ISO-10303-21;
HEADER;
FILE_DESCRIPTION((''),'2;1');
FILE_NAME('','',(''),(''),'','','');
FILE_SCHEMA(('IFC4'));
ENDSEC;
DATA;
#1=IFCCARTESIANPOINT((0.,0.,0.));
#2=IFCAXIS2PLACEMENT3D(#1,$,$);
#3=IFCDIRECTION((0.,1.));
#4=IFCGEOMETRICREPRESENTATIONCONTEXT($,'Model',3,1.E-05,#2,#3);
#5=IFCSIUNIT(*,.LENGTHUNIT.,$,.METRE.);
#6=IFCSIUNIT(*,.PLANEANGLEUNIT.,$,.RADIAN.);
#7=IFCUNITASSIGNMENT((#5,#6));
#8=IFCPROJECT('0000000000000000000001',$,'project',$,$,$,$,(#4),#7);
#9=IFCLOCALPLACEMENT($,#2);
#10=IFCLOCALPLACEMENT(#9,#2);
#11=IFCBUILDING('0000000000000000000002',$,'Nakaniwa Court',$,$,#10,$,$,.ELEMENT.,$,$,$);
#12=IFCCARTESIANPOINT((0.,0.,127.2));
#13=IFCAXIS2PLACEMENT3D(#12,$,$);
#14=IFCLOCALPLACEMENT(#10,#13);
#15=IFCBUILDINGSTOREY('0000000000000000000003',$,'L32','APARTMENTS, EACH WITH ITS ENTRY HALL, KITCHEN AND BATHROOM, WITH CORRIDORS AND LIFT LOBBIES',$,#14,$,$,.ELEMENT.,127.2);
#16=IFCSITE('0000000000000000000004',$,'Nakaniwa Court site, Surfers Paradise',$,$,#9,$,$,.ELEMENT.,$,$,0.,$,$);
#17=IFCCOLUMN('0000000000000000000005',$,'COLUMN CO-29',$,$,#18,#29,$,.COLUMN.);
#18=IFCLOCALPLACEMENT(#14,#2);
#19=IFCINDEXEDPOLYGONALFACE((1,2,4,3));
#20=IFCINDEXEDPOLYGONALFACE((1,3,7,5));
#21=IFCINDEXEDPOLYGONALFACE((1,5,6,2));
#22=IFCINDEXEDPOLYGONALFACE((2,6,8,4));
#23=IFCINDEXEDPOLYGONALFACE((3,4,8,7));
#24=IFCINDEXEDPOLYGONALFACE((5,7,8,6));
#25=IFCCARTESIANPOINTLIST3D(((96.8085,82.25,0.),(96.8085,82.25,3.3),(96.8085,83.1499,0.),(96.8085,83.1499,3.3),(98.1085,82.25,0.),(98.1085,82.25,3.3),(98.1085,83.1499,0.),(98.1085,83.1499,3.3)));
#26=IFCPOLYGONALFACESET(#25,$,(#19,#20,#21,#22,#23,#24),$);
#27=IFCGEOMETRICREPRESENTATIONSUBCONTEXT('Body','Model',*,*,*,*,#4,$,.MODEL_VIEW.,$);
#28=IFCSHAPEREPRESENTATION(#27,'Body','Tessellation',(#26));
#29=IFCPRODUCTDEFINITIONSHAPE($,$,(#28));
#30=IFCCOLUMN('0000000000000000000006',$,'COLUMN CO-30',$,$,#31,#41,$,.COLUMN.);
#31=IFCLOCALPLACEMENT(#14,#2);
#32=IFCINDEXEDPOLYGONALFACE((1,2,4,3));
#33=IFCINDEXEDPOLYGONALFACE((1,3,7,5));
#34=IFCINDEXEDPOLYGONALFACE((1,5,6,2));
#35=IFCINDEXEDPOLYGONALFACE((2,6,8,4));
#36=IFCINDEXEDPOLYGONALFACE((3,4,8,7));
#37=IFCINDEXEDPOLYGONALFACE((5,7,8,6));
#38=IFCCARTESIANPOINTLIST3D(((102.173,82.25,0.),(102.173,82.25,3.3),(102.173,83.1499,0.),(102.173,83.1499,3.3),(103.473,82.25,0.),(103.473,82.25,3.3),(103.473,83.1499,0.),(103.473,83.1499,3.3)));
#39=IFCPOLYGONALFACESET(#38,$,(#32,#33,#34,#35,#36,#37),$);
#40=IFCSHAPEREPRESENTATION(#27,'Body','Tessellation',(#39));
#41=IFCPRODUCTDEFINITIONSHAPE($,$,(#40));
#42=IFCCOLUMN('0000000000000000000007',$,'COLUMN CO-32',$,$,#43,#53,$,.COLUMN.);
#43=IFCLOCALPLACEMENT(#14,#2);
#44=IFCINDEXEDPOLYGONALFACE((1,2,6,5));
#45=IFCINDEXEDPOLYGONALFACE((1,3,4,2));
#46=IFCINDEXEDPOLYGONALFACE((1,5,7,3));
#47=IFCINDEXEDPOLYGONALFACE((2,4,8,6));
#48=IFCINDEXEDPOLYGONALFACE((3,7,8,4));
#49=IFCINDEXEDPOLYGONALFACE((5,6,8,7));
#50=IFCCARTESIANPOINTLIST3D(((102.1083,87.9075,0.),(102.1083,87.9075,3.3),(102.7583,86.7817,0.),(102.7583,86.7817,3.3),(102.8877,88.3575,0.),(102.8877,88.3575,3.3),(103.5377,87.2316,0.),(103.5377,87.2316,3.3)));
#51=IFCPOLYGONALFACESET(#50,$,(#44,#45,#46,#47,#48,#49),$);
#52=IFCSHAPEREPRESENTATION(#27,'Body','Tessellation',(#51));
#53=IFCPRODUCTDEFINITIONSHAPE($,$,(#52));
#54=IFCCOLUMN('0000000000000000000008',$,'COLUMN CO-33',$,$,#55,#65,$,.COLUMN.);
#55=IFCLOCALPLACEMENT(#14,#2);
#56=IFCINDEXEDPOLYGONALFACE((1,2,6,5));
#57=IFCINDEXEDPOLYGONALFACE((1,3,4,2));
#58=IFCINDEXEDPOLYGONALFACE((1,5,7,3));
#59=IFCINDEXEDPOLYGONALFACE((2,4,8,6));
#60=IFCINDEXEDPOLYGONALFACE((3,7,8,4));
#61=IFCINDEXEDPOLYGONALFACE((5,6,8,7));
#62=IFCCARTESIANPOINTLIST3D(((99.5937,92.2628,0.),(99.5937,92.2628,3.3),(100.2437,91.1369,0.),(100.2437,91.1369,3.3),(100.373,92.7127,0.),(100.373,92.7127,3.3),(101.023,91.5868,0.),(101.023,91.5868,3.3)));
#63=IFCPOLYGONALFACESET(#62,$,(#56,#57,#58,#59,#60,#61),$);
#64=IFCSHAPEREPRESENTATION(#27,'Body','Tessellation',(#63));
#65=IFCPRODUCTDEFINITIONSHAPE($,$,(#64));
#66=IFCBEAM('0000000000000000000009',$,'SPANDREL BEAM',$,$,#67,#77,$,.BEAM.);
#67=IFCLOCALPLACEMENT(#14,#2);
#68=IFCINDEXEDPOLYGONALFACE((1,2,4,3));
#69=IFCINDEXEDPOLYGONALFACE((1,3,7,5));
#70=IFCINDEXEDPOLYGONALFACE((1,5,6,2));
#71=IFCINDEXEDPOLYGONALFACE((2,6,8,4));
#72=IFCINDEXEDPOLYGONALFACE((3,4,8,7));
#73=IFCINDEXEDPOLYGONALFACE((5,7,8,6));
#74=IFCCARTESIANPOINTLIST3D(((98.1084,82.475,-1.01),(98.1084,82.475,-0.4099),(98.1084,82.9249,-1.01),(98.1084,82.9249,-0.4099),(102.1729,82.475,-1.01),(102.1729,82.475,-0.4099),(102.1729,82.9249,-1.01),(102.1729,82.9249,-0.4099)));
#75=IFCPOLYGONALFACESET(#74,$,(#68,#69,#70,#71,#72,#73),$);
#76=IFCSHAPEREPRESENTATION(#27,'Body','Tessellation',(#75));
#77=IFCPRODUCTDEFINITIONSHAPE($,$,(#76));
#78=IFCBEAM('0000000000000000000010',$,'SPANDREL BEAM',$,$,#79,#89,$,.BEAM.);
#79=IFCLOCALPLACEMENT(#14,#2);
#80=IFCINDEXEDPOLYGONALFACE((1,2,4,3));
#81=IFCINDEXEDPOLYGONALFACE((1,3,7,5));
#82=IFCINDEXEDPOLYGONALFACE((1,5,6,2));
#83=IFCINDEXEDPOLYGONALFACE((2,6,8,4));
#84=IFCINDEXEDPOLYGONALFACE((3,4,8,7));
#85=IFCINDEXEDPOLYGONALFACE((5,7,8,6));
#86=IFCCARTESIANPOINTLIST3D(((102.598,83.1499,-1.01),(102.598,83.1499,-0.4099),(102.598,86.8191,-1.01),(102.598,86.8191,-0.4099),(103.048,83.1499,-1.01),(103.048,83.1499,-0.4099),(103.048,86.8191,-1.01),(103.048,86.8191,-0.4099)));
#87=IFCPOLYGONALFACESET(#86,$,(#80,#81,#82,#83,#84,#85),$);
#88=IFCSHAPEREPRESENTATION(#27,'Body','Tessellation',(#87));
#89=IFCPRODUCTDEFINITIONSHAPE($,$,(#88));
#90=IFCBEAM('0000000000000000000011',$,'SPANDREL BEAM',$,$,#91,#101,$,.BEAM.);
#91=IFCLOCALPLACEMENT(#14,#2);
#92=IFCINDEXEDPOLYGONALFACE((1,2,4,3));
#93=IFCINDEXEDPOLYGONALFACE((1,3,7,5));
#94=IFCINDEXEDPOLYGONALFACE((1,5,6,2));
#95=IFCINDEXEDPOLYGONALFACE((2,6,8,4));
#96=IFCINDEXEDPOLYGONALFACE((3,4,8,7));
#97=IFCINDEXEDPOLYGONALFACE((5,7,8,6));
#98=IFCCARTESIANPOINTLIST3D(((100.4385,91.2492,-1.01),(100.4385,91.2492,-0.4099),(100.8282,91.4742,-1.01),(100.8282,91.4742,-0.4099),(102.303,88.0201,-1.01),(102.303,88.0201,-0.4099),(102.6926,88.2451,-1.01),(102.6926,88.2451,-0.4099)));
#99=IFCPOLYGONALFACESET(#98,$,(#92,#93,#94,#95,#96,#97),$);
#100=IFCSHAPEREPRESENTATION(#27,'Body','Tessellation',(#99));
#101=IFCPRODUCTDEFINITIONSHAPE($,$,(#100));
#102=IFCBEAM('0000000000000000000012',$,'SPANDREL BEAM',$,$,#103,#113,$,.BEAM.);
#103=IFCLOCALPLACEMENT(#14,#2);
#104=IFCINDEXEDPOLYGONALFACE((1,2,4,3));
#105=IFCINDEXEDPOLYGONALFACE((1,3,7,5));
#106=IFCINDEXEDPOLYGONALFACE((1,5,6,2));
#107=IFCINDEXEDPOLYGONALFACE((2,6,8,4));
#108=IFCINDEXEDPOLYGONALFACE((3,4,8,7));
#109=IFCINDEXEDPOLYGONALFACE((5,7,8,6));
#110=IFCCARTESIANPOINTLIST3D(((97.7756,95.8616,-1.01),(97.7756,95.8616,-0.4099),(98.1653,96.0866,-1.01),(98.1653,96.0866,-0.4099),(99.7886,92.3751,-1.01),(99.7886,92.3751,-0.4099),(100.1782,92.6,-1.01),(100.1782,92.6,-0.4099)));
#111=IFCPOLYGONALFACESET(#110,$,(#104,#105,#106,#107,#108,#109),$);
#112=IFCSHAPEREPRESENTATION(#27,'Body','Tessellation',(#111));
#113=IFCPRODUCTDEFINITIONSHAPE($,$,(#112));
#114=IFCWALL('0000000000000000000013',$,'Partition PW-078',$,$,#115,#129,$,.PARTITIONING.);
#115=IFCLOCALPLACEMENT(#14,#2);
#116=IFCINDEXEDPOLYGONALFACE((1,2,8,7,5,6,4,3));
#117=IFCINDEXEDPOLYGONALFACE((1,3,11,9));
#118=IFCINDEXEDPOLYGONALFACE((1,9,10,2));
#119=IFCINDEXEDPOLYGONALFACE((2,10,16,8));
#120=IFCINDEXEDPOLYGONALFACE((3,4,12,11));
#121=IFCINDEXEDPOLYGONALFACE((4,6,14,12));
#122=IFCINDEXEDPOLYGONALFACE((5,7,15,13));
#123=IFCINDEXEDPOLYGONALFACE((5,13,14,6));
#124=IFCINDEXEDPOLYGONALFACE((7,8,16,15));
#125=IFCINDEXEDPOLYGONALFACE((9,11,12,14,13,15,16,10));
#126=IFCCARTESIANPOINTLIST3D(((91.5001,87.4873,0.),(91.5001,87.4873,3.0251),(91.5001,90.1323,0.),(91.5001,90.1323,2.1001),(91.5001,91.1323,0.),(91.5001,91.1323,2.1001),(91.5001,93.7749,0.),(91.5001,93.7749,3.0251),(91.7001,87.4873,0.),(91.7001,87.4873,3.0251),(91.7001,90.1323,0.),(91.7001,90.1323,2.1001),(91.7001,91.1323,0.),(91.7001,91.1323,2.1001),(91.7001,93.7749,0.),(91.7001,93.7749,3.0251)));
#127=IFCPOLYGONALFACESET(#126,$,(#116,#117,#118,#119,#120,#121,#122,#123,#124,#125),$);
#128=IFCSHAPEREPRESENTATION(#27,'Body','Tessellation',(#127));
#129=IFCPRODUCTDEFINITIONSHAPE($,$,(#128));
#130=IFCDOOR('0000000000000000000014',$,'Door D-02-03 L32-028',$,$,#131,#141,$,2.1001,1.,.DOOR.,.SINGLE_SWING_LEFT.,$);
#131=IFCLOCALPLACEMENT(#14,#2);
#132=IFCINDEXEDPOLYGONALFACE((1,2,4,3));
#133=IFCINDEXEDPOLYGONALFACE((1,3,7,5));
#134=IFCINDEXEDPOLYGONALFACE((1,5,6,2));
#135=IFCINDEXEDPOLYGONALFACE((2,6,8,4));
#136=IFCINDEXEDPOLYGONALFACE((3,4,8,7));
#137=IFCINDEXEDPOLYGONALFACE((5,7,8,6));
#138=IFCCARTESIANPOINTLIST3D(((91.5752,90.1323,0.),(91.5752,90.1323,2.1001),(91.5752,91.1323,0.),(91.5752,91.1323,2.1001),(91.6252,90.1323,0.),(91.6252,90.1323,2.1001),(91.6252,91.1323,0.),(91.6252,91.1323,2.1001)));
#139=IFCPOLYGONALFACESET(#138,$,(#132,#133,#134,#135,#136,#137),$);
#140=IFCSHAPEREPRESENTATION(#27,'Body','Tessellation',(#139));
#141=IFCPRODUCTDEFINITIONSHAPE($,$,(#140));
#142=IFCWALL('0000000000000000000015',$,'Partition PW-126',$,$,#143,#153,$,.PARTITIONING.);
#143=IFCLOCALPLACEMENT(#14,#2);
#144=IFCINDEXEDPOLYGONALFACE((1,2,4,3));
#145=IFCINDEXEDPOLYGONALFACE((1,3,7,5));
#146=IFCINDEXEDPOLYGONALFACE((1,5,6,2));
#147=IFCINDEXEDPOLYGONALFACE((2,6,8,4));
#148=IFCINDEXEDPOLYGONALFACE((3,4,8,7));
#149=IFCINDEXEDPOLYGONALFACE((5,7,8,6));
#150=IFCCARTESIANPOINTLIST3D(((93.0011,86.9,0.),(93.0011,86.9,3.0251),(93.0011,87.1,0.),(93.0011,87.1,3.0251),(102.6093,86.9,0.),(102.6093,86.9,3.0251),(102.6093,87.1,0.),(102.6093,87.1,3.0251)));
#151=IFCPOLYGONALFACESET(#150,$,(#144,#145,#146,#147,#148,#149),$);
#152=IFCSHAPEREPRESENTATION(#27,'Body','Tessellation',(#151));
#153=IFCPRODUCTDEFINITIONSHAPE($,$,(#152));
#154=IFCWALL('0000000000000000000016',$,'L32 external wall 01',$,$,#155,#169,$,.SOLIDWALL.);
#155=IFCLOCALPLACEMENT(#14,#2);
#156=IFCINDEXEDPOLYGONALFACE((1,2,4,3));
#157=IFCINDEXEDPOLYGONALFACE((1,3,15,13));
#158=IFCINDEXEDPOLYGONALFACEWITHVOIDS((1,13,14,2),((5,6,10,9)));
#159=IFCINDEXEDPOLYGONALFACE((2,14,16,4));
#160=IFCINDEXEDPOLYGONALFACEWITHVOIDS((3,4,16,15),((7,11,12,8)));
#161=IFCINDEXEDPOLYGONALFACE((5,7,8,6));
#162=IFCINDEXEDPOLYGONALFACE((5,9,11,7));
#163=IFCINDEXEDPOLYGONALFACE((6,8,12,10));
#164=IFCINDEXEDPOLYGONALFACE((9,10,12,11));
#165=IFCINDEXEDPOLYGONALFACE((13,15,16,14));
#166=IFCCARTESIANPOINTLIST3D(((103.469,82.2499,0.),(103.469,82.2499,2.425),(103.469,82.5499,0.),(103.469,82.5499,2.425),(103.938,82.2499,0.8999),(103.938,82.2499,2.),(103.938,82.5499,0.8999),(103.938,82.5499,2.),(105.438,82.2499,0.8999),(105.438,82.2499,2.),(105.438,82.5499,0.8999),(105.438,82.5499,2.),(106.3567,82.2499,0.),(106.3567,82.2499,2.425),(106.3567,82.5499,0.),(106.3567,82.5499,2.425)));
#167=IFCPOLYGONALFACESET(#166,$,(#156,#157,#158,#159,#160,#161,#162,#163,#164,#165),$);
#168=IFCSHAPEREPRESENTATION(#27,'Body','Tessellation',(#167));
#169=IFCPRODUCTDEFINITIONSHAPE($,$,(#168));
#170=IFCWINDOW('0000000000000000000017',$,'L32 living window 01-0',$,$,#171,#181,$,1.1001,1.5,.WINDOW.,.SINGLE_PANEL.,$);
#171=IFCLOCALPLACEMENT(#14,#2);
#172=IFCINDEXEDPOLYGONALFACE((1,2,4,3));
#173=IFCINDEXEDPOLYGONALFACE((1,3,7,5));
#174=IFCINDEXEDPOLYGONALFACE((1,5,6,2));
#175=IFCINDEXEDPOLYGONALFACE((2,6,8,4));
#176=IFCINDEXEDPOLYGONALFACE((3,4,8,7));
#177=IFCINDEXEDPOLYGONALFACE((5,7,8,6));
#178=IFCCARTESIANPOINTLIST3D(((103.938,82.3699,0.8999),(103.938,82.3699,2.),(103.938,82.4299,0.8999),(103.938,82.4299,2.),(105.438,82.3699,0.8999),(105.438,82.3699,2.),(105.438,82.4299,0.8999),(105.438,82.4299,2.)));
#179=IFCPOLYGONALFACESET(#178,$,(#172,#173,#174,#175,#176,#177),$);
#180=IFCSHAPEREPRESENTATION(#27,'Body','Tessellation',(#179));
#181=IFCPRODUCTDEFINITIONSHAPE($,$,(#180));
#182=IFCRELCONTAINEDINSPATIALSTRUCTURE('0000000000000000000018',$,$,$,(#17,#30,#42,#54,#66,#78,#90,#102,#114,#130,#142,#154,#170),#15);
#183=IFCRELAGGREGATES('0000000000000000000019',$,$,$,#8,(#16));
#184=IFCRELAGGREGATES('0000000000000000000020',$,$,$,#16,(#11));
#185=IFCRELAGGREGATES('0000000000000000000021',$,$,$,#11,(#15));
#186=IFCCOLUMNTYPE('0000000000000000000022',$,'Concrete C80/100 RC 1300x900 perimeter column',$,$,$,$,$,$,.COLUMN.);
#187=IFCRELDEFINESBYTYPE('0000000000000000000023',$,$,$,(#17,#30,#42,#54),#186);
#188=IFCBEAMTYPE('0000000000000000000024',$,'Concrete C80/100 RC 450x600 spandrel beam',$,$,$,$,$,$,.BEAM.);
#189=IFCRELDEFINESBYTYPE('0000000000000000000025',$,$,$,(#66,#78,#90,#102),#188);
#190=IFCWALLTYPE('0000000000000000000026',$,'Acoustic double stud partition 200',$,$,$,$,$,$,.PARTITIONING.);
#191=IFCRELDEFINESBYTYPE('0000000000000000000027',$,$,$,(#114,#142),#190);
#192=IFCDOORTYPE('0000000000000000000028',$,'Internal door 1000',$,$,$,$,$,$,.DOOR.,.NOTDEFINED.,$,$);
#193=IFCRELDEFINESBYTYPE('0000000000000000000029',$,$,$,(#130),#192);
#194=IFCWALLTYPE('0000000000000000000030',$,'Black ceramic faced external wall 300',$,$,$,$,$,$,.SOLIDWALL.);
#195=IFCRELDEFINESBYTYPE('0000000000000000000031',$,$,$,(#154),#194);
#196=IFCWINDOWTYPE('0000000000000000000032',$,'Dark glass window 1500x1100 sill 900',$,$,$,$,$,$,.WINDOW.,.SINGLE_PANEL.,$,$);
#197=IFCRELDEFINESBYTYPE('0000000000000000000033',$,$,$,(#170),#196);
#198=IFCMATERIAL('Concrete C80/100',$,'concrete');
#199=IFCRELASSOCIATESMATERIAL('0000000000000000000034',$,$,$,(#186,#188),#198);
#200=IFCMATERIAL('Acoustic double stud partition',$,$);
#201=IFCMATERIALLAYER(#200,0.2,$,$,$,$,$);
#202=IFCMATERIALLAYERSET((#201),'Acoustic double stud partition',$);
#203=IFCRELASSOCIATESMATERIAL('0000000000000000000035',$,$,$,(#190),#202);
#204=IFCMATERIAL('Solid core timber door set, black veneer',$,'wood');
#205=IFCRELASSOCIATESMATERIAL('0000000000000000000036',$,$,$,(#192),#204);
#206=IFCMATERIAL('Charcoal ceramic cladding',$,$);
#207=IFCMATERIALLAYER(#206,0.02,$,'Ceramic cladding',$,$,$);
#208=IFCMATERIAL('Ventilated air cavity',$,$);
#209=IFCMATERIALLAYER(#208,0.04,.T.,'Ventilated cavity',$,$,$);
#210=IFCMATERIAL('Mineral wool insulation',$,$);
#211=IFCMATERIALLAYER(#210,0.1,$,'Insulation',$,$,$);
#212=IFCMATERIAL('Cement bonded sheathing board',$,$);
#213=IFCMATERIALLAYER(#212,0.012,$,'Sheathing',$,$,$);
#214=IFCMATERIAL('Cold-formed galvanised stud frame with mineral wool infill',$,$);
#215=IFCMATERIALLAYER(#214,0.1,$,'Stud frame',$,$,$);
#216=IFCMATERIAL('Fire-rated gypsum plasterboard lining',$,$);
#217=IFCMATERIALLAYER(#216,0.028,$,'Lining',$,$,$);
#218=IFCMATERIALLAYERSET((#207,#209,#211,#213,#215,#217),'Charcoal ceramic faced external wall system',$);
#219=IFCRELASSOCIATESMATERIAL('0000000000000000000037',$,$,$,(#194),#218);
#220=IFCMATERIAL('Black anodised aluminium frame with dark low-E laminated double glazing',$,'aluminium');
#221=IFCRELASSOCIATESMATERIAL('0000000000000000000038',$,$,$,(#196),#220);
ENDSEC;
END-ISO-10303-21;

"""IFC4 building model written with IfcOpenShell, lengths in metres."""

from ifc_helpers import new_model, si_unit, direction, frame, frame_2d, origin, origin_2d, place, context, subcontext, project, spatial, rectangle, extrude, material, layer, layer_set, material_profile, profile_set, type_object, element, fill, save


model = new_model("IFC4")

# Units and contexts
model_context = context("Model", 3, precision=1e-05, world=origin(), true_north=direction((0.0, 1.0)))
body_context = subcontext(model_context, "Body", "Model", "MODEL_VIEW")
ifc_project = project(units=[si_unit("LENGTHUNIT", "METRE"), si_unit("PLANEANGLEUNIT", "RADIAN")], contexts=[model_context])

# Site, building, storey
site_placement = place(None, origin())
site = spatial("IfcSite", under=ifc_project, at=site_placement, Name="Nakaniwa Court site, Surfers Paradise", CompositionType="ELEMENT", RefElevation=0.0)
building_placement = place(site_placement, origin())
building = spatial("IfcBuilding", under=site, at=building_placement, Name="Nakaniwa Court", CompositionType="ELEMENT")
storey_placement = place(building_placement, frame((0.0, 0.0, 127.2)))
storey = spatial("IfcBuildingStorey", under=building, at=storey_placement, Name="L32", Description="APARTMENTS, EACH WITH ITS ENTRY HALL, KITCHEN AND BATHROOM, WITH CORRIDORS AND LIFT LOBBIES", CompositionType="ELEMENT", Elevation=127.2)

# Columns
ifc_material_1 = material(Name="Concrete C80/100", Category="concrete")
ifc_material_profile_1 = material_profile(ifc_material_1, rectangle(XDim=1.3, YDim=0.8999, at=origin_2d()), Name="Concrete C80/100 RC 1300x900 perimeter column")
ifc_profile_set_1 = profile_set([ifc_material_profile_1], Name="Concrete C80/100")
column_type = type_object("IfcColumnType", Name="Concrete C80/100 RC 1300x900 perimeter column", PredefinedType="COLUMN", material=ifc_profile_set_1)
for number, where, z_axis, x_axis, name in (
    (1, (97.4585, 82.7, 0.0), (0.0, 0.0, 1.0), (1.0, 0.0, 0.0), "COLUMN CO-29"),
    (2, (102.823, 82.7, 0.0), (0.0, 0.0, 1.0), (1.0, 0.0, 0.0), "COLUMN CO-30"),
    (3, (102.823, 87.5696, 0.0), (0.0, 0.0, 1.0), (-0.5, 0.866025, 0.0), "COLUMN CO-32"),
    (4, (100.3083, 91.9248, 0.0), (0.0, 0.0, 1.0), (-0.5, 0.866025, 0.0), "COLUMN CO-33"),
):
    element("IfcColumn", number, at=place(storey_placement, frame(where, z_axis=z_axis, x_axis=x_axis)), inside=storey, type_object=column_type, Name=name, PredefinedType="COLUMN", context=body_context, shape_type="SweptSolid", body=[
        extrude(rectangle(XDim=1.3, YDim=0.8999, at=origin_2d()), origin(), (0.0, 0.0, 1.0), 3.3),
    ])

# Beams
ifc_material_profile_2 = material_profile(ifc_material_1, rectangle(XDim=0.45, YDim=0.6001, at=origin_2d()), Name="Concrete C80/100 RC 450x600 spandrel beam")
ifc_profile_set_2 = profile_set([ifc_material_profile_2], Name="Concrete C80/100")
beam_type = type_object("IfcBeamType", Name="Concrete C80/100 RC 450x600 spandrel beam", PredefinedType="BEAM", material=ifc_profile_set_2)
beam_1_placement = place(storey_placement, frame((98.1084, 82.7, -0.71), z_axis=(1.0, 0.0, 0.0), x_axis=(0.0, 1.0, 0.0)))
element("IfcBeam", 5, at=beam_1_placement, inside=storey, type_object=beam_type, Name="SPANDREL BEAM", PredefinedType="BEAM", context=body_context, shape_type="SweptSolid", body=[
    extrude(rectangle(XDim=0.45, YDim=0.6001, at=origin_2d()), origin(), (0.0, 0.0, 1.0), 4.0645),
])
beam_2_placement = place(storey_placement, frame((102.823, 83.1499, -0.71), z_axis=(0.0, 1.0, 0.0), x_axis=(-1.0, 0.0, 0.0)))
element("IfcBeam", 6, at=beam_2_placement, inside=storey, type_object=beam_type, Name="SPANDREL BEAM", PredefinedType="BEAM", context=body_context, shape_type="SweptSolid", body=[
    extrude(rectangle(XDim=0.45, YDim=0.6001, at=origin_2d()), origin(), (0.0, 0.0, 1.0), 3.6692),
])
beam_3_placement = place(storey_placement, frame((102.4978, 88.1326, -0.71), z_axis=(-0.500019, 0.866014, 0.0), x_axis=(-0.866014, -0.500019, 0.0)))
element("IfcBeam", 7, at=beam_3_placement, inside=storey, type_object=beam_type, Name="SPANDREL BEAM", PredefinedType="BEAM", context=body_context, shape_type="SweptSolid", body=[
    extrude(rectangle(XDim=0.45, YDim=0.6001, at=origin_2d()), origin(), (0.0, 0.0, 1.0), 3.7288),
])
beam_4_placement = place(storey_placement, frame((99.9834, 92.4875, -0.71), z_axis=(-0.499994, 0.866029, 0.0), x_axis=(-0.866029, -0.499994, 0.0)))
element("IfcBeam", 8, at=beam_4_placement, inside=storey, type_object=beam_type, Name="SPANDREL BEAM", PredefinedType="BEAM", context=body_context, shape_type="SweptSolid", body=[
    extrude(rectangle(XDim=0.45, YDim=0.6001, at=origin_2d()), origin(), (0.0, 0.0, 1.0), 4.0259),
])

# Wall, opening, door
ifc_material_2 = material(Name="Acoustic double stud partition")
ifc_layer_1 = layer(ifc_material_2, 0.2)
ifc_layer_set_1 = layer_set([ifc_layer_1], Name="Acoustic double stud partition")
wall_type_1 = type_object("IfcWallType", Name="Acoustic double stud partition 200", PredefinedType="PARTITIONING", material=ifc_layer_set_1)
wall_1_placement = place(storey_placement, frame((91.6001, 87.4873, 0.0), z_axis=(0.0, 0.0, 1.0), x_axis=(0.0, 1.0, 0.0)))
wall_1 = element("IfcWall", 9, at=wall_1_placement, inside=storey, type_object=wall_type_1, Name="Partition PW-078", PredefinedType="PARTITIONING", context=body_context, shape_type="SweptSolid", body=[
    extrude(rectangle(XDim=6.2876, YDim=0.2, at=frame_2d((3.1438, 0.0))), origin(), (0.0, 0.0, 1.0), 3.0251),
])
opening_1_placement = place(wall_1_placement, frame((2.645, 0.0, 0.0)))
opening_1 = element("IfcOpeningElement", 10, at=opening_1_placement, cuts=wall_1, PredefinedType="OPENING", context=body_context, shape_type="SweptSolid", body=[
    extrude(rectangle(XDim=1.0, YDim=2.1001, at=frame_2d((0.5, 1.05))), frame((0.0, 0.1099, 0.0), z_axis=(0.0, -1.0, 0.0), x_axis=(1.0, 0.0, 0.0)), (0.0, 0.0, 1.0), 0.22),
])
ifc_material_3 = material(Name="Solid core timber door set, black veneer", Category="wood")
door_type_1 = type_object("IfcDoorType", Name="Internal door 1000", OperationType="NOTDEFINED", PredefinedType="DOOR", material=ifc_material_3)
door_1_placement = place(opening_1_placement, origin())
door_1 = element("IfcDoor", 11, at=door_1_placement, inside=storey, type_object=door_type_1, Name="Door D-02-03 L32-028", OperationType="SINGLE_SWING_LEFT", OverallHeight=2.1001, OverallWidth=1.0, PredefinedType="DOOR", context=body_context, shape_type="SweptSolid", body=[
    extrude(rectangle(XDim=1.0, YDim=2.1001, at=frame_2d((0.5, 1.05))), frame((0.0, 0.0249, 0.0), z_axis=(0.0, -1.0, 0.0), x_axis=(1.0, 0.0, 0.0)), (0.0, 0.0, 1.0), 0.05),
])
fill(opening_1, door_1)

# Wall
wall_2_placement = place(storey_placement, frame((93.001, 87.0, 0.0), z_axis=(0.0, 0.0, 1.0), x_axis=(1.0, 0.0, 0.0)))
element("IfcWall", 12, at=wall_2_placement, inside=storey, type_object=wall_type_1, Name="Partition PW-126", PredefinedType="PARTITIONING", context=body_context, shape_type="SweptSolid", body=[
    extrude(rectangle(XDim=9.6082, YDim=0.2, at=frame_2d((4.8042, 0.0))), origin(), (0.0, 0.0, 1.0), 3.0251),
])

# Wall, opening, window
ifc_material_4 = material(Name="Charcoal ceramic cladding")
ifc_layer_2 = layer(ifc_material_4, 0.02, Name="Ceramic cladding")
ifc_material_5 = material(Name="Ventilated air cavity")
ifc_layer_3 = layer(ifc_material_5, 0.04, ventilated=True, Name="Ventilated cavity")
ifc_material_6 = material(Name="Mineral wool insulation")
ifc_layer_4 = layer(ifc_material_6, 0.1, Name="Insulation")
ifc_material_7 = material(Name="Cement bonded sheathing board")
ifc_layer_5 = layer(ifc_material_7, 0.012, Name="Sheathing")
ifc_material_8 = material(Name="Cold-formed galvanised stud frame with mineral wool infill")
ifc_layer_6 = layer(ifc_material_8, 0.1, Name="Stud frame")
ifc_material_9 = material(Name="Fire-rated gypsum plasterboard lining")
ifc_layer_7 = layer(ifc_material_9, 0.028, Name="Lining")
ifc_layer_set_2 = layer_set([ifc_layer_2, ifc_layer_3, ifc_layer_4, ifc_layer_5, ifc_layer_6, ifc_layer_7], Name="Charcoal ceramic faced external wall system")
wall_type_2 = type_object("IfcWallType", Name="Black ceramic faced external wall 300", PredefinedType="SOLIDWALL", material=ifc_layer_set_2)
wall_3_placement = place(storey_placement, frame((103.469, 82.3999, 0.0), z_axis=(0.0, 0.0, 1.0), x_axis=(1.0, 0.0, 0.0)))
wall_3 = element("IfcWall", 13, at=wall_3_placement, inside=storey, type_object=wall_type_2, Name="L32 external wall 01", PredefinedType="SOLIDWALL", context=body_context, shape_type="SweptSolid", body=[
    extrude(rectangle(XDim=2.8877, YDim=0.3, at=frame_2d((1.4438, 0.0))), origin(), (0.0, 0.0, 1.0), 2.425),
])
opening_2_placement = place(wall_3_placement, frame((0.469, 0.0, 0.8999)))
opening_2 = element("IfcOpeningElement", 14, at=opening_2_placement, cuts=wall_3, PredefinedType="OPENING", context=body_context, shape_type="SweptSolid", body=[
    extrude(rectangle(XDim=1.5, YDim=1.1001, at=frame_2d((0.75, 0.55))), frame((0.0, 0.1599, 0.0), z_axis=(0.0, -1.0, 0.0), x_axis=(1.0, 0.0, 0.0)), (0.0, 0.0, 1.0), 0.3201),
])
ifc_material_10 = material(Name="Black anodised aluminium frame with dark low-E laminated double glazing", Category="aluminium")
window_type = type_object("IfcWindowType", Name="Dark glass window 1500x1100 sill 900", PartitioningType="SINGLE_PANEL", PredefinedType="WINDOW", material=ifc_material_10)
window_placement = place(opening_2_placement, origin())
window = element("IfcWindow", 15, at=window_placement, inside=storey, type_object=window_type, Name="L32 living window 01-0", OverallHeight=1.1001, OverallWidth=1.5, PartitioningType="SINGLE_PANEL", PredefinedType="WINDOW", context=body_context, shape_type="SweptSolid", body=[
    extrude(rectangle(XDim=1.5, YDim=1.1001, at=frame_2d((0.75, 0.55))), frame((0.0, 0.03, 0.0), z_axis=(0.0, -1.0, 0.0), x_axis=(1.0, 0.0, 0.0)), (0.0, 0.0, 1.0), 0.0601),
])
fill(opening_2, window)

save(model, "model.ifc")
